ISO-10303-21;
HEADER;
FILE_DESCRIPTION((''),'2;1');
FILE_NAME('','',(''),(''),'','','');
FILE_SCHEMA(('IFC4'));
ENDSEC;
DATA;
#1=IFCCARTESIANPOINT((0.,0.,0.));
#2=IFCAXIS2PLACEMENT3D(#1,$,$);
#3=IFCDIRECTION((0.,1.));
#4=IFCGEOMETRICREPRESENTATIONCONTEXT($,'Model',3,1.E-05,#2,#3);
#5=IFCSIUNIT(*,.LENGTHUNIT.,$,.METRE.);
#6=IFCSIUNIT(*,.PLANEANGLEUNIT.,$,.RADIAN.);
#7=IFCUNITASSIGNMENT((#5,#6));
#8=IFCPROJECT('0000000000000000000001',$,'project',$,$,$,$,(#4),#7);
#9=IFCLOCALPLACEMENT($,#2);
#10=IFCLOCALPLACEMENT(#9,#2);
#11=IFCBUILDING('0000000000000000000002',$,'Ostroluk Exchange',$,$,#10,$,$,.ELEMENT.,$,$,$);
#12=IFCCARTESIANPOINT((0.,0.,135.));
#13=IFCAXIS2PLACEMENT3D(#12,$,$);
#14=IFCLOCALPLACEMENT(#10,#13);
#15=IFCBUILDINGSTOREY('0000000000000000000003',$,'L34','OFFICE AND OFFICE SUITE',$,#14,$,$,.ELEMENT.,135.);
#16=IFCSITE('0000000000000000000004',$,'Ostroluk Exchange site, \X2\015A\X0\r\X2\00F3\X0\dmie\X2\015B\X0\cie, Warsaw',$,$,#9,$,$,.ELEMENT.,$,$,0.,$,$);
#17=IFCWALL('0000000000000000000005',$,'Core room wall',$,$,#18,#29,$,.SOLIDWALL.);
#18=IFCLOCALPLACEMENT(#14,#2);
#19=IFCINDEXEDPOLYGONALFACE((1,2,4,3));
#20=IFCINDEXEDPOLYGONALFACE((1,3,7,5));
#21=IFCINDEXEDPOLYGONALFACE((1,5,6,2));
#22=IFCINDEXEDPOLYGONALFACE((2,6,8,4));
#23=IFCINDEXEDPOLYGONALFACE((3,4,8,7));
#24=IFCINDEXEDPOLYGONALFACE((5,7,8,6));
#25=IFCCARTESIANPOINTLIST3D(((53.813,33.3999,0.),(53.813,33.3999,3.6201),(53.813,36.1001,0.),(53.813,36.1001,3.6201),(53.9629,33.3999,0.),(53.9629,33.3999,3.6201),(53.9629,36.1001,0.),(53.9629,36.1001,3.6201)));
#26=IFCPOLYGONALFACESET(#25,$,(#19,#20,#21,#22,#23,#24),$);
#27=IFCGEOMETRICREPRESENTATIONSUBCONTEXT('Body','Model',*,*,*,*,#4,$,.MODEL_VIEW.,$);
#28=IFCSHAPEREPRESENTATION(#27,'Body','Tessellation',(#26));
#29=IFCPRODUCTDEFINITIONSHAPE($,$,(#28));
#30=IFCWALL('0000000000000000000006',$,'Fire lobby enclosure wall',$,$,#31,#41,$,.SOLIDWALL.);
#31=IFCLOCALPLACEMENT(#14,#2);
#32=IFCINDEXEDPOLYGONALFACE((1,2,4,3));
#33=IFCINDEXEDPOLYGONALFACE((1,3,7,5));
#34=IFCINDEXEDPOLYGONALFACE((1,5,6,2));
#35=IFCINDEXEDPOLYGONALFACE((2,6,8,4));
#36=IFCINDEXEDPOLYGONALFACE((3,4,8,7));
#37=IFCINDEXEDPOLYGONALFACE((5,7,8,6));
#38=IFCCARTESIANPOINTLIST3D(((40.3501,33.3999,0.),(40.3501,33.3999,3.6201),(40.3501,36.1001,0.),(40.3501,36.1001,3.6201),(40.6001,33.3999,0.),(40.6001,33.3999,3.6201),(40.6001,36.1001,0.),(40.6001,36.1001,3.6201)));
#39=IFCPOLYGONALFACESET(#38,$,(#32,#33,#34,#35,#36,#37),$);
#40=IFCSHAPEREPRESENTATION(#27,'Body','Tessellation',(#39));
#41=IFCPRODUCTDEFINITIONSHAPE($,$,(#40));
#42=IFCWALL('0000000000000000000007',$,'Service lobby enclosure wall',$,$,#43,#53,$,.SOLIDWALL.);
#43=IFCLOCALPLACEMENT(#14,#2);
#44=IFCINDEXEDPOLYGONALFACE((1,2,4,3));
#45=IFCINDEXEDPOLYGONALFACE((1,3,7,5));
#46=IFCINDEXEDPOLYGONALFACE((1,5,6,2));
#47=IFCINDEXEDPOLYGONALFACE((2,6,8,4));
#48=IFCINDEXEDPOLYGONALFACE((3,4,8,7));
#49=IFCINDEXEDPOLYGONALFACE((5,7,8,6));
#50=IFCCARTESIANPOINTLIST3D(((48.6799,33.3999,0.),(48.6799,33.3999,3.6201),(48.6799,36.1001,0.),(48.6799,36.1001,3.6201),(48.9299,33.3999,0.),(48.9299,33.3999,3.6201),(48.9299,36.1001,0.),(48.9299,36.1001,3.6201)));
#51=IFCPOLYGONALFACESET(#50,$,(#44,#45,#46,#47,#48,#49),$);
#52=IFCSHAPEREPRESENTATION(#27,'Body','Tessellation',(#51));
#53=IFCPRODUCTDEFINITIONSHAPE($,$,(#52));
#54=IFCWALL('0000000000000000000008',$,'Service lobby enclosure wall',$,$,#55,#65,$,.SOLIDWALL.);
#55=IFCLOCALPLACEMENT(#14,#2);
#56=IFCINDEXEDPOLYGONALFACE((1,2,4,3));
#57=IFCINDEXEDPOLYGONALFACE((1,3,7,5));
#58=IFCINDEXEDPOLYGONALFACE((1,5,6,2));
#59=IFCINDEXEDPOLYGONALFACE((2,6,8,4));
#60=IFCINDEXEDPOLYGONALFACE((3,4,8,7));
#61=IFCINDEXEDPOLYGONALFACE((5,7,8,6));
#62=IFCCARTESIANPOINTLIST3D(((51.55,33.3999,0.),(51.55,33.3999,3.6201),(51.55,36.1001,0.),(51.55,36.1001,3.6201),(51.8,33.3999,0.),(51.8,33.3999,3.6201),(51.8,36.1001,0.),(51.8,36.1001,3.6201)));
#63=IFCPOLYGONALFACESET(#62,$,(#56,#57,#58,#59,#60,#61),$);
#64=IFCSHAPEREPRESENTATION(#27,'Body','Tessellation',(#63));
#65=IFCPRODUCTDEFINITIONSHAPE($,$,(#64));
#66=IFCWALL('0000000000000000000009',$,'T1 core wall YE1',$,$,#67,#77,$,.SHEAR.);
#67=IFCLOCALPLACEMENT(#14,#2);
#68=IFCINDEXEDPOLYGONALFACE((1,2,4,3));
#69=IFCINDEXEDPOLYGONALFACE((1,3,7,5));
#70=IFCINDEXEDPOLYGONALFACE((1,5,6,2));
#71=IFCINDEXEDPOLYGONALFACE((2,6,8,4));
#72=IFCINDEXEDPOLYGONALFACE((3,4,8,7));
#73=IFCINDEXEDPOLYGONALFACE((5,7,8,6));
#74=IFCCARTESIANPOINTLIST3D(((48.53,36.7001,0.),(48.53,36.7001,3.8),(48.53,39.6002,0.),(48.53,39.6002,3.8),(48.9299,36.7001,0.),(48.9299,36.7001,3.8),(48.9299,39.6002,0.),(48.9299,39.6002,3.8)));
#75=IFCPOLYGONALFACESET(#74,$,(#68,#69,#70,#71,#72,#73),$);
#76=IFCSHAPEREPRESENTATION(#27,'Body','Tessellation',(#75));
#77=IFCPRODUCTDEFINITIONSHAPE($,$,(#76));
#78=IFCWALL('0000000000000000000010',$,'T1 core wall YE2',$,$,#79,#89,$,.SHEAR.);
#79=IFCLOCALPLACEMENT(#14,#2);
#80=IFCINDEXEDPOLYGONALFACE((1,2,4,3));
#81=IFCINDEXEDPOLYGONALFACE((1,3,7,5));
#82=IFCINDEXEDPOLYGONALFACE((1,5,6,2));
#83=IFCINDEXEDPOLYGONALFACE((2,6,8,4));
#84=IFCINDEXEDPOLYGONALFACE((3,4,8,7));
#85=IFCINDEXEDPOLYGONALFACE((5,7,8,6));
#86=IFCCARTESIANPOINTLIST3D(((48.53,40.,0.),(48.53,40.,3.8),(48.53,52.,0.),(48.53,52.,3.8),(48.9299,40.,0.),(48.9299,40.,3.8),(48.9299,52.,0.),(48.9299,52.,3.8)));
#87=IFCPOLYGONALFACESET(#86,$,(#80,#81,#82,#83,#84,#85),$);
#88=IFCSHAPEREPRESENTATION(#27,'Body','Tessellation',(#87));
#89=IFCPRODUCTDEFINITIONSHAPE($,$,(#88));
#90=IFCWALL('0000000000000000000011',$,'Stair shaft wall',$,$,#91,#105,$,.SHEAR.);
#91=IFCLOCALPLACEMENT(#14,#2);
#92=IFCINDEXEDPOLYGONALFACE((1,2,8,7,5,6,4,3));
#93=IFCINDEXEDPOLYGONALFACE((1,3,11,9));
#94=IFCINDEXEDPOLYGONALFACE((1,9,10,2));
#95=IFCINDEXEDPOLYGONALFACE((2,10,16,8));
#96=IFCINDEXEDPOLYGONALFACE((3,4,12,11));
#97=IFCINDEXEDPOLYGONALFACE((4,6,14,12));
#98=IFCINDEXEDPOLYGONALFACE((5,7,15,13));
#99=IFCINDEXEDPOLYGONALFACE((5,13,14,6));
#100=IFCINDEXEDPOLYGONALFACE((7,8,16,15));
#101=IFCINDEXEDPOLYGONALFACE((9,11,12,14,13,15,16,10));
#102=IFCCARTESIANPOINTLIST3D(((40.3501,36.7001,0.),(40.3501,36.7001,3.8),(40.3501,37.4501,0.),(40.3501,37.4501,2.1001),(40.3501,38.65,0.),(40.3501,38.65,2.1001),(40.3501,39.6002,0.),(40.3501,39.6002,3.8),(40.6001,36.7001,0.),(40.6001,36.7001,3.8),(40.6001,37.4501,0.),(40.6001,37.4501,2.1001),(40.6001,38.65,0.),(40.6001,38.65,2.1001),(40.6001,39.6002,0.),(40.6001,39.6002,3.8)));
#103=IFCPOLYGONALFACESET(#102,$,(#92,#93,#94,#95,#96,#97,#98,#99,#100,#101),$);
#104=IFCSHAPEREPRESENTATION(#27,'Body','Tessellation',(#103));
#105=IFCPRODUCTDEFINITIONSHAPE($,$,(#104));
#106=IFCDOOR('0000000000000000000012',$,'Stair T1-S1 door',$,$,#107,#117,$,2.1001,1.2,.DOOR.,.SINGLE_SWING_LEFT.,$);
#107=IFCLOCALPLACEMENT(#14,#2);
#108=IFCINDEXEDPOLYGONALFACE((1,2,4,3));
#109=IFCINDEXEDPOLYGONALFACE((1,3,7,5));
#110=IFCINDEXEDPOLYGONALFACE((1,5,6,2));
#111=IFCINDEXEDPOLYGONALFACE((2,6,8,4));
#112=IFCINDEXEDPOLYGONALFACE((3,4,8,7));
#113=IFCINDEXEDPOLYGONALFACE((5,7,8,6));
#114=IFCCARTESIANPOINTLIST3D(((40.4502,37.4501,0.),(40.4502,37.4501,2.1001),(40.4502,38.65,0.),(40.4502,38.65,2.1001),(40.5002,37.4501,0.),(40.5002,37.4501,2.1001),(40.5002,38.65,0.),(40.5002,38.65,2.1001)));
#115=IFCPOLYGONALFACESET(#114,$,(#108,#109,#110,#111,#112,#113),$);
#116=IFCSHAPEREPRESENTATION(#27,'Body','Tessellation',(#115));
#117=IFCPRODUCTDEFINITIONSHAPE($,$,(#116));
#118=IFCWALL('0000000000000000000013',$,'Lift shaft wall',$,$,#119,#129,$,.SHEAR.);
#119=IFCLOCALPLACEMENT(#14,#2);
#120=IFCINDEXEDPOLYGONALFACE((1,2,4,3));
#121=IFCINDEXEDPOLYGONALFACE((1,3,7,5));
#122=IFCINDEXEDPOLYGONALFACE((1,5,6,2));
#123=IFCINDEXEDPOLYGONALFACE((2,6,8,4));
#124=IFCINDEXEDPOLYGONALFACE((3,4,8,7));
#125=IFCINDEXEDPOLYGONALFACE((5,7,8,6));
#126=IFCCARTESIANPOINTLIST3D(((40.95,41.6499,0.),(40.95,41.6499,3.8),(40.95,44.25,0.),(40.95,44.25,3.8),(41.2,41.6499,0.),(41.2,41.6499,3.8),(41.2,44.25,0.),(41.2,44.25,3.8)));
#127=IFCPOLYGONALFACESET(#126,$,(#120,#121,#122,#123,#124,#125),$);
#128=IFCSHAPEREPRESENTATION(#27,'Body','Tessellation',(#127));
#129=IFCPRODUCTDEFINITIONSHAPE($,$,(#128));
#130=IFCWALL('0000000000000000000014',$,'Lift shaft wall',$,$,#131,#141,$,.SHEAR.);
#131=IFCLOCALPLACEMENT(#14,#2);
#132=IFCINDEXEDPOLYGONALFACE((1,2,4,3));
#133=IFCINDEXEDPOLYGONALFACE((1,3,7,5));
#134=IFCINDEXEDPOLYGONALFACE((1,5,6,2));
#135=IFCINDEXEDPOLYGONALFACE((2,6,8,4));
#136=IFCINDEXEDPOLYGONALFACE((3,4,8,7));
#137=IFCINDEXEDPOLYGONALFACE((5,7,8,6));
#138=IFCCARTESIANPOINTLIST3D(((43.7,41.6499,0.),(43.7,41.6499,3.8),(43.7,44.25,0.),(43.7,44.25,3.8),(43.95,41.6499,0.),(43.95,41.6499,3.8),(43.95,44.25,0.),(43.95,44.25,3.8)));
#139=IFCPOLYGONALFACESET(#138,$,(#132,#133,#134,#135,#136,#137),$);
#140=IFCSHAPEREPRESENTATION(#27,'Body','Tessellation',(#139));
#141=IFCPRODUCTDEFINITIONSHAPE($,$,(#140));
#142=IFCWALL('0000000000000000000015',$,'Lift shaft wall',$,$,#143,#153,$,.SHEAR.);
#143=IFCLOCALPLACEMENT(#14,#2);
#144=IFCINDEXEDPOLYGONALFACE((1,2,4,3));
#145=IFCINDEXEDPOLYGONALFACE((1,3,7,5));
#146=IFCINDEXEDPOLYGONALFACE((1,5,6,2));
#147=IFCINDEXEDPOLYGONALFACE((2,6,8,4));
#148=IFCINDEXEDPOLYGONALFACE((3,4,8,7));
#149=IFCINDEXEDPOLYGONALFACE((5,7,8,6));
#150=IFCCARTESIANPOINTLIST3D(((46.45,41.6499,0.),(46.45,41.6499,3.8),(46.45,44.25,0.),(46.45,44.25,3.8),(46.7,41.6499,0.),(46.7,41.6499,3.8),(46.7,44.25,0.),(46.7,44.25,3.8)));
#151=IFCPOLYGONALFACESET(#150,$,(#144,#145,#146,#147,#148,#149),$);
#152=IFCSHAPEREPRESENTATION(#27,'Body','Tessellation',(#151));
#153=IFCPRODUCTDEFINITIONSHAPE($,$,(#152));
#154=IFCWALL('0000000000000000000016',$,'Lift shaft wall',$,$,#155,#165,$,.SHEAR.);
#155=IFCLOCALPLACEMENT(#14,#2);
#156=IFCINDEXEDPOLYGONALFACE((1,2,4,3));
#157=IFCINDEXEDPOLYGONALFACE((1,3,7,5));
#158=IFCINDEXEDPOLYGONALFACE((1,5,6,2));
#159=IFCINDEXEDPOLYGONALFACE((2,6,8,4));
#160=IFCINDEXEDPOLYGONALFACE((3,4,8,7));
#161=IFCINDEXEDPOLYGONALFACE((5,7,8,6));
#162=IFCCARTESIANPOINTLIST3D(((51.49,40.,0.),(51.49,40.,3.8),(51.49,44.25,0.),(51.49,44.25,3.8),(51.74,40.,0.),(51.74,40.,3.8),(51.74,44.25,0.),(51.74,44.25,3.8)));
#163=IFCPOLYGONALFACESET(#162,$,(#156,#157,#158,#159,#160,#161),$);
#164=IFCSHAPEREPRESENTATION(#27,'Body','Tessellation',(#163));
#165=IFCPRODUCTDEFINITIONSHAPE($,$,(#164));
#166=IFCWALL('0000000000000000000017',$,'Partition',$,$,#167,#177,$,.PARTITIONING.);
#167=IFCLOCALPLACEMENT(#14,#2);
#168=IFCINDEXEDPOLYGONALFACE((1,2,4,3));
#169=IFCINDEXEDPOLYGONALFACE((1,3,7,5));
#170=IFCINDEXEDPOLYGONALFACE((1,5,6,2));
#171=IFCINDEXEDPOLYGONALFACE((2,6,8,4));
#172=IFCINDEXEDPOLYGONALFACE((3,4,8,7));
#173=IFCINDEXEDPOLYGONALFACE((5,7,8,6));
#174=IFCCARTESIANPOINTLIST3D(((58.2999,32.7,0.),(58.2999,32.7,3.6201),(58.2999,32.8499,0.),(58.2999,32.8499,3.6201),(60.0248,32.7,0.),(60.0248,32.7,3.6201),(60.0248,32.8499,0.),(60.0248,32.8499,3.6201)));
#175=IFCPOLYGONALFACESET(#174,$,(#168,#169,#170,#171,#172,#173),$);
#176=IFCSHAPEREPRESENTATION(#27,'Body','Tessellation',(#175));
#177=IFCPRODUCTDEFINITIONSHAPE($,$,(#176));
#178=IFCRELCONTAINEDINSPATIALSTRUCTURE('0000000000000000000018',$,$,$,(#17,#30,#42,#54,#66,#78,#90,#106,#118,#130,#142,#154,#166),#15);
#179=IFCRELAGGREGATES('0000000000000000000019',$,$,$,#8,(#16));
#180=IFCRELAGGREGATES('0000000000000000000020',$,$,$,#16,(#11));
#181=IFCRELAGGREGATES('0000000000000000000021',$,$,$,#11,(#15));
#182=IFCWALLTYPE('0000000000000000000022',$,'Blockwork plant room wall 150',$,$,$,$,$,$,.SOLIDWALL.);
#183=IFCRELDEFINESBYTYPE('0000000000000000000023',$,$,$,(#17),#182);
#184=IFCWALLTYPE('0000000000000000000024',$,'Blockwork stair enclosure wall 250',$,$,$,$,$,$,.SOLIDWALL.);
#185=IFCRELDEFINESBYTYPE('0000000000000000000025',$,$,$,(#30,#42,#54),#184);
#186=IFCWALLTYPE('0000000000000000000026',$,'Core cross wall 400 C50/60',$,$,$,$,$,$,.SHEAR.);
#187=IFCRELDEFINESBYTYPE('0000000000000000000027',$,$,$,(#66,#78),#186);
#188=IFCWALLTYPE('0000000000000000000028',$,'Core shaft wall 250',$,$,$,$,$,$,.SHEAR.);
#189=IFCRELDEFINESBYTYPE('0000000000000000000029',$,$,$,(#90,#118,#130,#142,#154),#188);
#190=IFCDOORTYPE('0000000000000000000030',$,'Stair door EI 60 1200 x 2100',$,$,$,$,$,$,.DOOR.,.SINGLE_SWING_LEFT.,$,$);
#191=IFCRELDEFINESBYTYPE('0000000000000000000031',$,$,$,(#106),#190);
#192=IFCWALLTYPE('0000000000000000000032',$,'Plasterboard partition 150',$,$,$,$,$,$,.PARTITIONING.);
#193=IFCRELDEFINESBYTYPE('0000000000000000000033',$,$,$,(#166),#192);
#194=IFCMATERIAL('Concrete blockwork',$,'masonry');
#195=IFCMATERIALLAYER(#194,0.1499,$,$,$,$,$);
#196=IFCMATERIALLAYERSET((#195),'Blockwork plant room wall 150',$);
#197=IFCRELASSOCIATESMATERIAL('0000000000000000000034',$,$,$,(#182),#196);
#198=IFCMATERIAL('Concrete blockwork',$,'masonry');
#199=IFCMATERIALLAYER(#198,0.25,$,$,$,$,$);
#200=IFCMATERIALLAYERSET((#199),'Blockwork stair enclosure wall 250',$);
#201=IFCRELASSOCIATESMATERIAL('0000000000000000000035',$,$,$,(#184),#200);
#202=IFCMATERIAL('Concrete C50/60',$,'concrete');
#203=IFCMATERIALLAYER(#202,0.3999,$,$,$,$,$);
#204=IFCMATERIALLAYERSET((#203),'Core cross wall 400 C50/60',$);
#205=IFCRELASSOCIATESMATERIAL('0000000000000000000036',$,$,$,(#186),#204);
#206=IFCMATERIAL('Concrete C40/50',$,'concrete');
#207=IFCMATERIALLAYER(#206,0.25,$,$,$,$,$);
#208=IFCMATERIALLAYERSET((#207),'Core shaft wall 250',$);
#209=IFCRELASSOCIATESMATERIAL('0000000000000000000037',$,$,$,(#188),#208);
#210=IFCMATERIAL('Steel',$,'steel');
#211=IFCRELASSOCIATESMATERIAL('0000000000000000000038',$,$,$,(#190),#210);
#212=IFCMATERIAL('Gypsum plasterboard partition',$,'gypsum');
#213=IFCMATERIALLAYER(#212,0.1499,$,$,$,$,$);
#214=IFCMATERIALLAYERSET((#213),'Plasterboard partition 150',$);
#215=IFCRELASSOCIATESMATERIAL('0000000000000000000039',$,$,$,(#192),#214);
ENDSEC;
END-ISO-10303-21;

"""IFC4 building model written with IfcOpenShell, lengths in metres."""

from ifc_helpers import new_model, si_unit, direction, frame, frame_2d, origin, place, context, subcontext, project, spatial, rectangle, extrude, material, layer, layer_set, type_object, element, fill, save


model = new_model("IFC4")

# Units and contexts
model_context = context("Model", 3, precision=1e-05, world=origin(), true_north=direction((0.0, 1.0)))
body_context = subcontext(model_context, "Body", "Model", "MODEL_VIEW")
ifc_project = project(units=[si_unit("LENGTHUNIT", "METRE"), si_unit("PLANEANGLEUNIT", "RADIAN")], contexts=[model_context])

# Site, building, storey
site_placement = place(None, origin())
site = spatial("IfcSite", under=ifc_project, at=site_placement, Name="Ostroluk Exchange site, Śródmieście, Warsaw", CompositionType="ELEMENT", RefElevation=0.0)
building_placement = place(site_placement, origin())
building = spatial("IfcBuilding", under=site, at=building_placement, Name="Ostroluk Exchange", CompositionType="ELEMENT")
storey_placement = place(building_placement, frame((0.0, 0.0, 135.0)))
storey = spatial("IfcBuildingStorey", under=building, at=storey_placement, Name="L34", Description="OFFICE AND OFFICE SUITE", CompositionType="ELEMENT", Elevation=135.0)

# Walls
ifc_material_1 = material(Name="Concrete blockwork", Category="masonry")
ifc_layer_1 = layer(ifc_material_1, 0.1499)
ifc_layer_set_1 = layer_set([ifc_layer_1], Name="Blockwork plant room wall 150")
wall_type_1 = type_object("IfcWallType", Name="Blockwork plant room wall 150", PredefinedType="SOLIDWALL", material=ifc_layer_set_1)
wall_1_placement = place(storey_placement, frame((53.8879, 33.3999, 0.0), z_axis=(0.0, 0.0, 1.0), x_axis=(0.0, 1.0, 0.0)))
element("IfcWall", 1, at=wall_1_placement, inside=storey, type_object=wall_type_1, Name="Core room wall", PredefinedType="SOLIDWALL", context=body_context, shape_type="SweptSolid", body=[
    extrude(rectangle(XDim=2.7002, YDim=0.1499, at=frame_2d((1.3501, 0.0))), origin(), (0.0, 0.0, 1.0), 3.6201),
])
ifc_material_2 = material(Name="Concrete blockwork", Category="masonry")
ifc_layer_2 = layer(ifc_material_2, 0.25)
ifc_layer_set_2 = layer_set([ifc_layer_2], Name="Blockwork stair enclosure wall 250")
wall_type_2 = type_object("IfcWallType", Name="Blockwork stair enclosure wall 250", PredefinedType="SOLIDWALL", material=ifc_layer_set_2)
for number, where, z_axis, x_axis, name in (
    (2, (40.4751, 33.3999, 0.0), (0.0, 0.0, 1.0), (0.0, 1.0, 0.0), "Fire lobby enclosure wall"),
    (3, (48.8049, 33.3999, 0.0), (0.0, 0.0, 1.0), (0.0, 1.0, 0.0), "Service lobby enclosure wall"),
    (4, (51.675, 33.3999, 0.0), (0.0, 0.0, 1.0), (0.0, 1.0, 0.0), "Service lobby enclosure wall"),
):
    element("IfcWall", number, at=place(storey_placement, frame(where, z_axis=z_axis, x_axis=x_axis)), inside=storey, type_object=wall_type_2, Name=name, PredefinedType="SOLIDWALL", context=body_context, shape_type="SweptSolid", body=[
        extrude(rectangle(XDim=2.7002, YDim=0.25, at=frame_2d((1.3501, 0.0))), origin(), (0.0, 0.0, 1.0), 3.6201),
    ])
ifc_material_3 = material(Name="Concrete C50/60", Category="concrete")
ifc_layer_3 = layer(ifc_material_3, 0.3999)
ifc_layer_set_3 = layer_set([ifc_layer_3], Name="Core cross wall 400 C50/60")
wall_type_3 = type_object("IfcWallType", Name="Core cross wall 400 C50/60", PredefinedType="SHEAR", material=ifc_layer_set_3)
wall_2_placement = place(storey_placement, frame((48.73, 36.7, 0.0), z_axis=(0.0, 0.0, 1.0), x_axis=(0.0, 1.0, 0.0)))
element("IfcWall", 5, at=wall_2_placement, inside=storey, type_object=wall_type_3, Name="T1 core wall YE1", PredefinedType="SHEAR", context=body_context, shape_type="SweptSolid", body=[
    extrude(rectangle(XDim=2.9001, YDim=0.3999, at=frame_2d((1.4502, 0.0))), origin(), (0.0, 0.0, 1.0), 3.8),
])
wall_3_placement = place(storey_placement, frame((48.73, 40.0, 0.0), z_axis=(0.0, 0.0, 1.0), x_axis=(0.0, 1.0, 0.0)))
element("IfcWall", 6, at=wall_3_placement, inside=storey, type_object=wall_type_3, Name="T1 core wall YE2", PredefinedType="SHEAR", context=body_context, shape_type="SweptSolid", body=[
    extrude(rectangle(XDim=12.0, YDim=0.3999, at=frame_2d((6.0, 0.0))), origin(), (0.0, 0.0, 1.0), 3.8),
])

# Wall, opening, door
ifc_material_4 = material(Name="Concrete C40/50", Category="concrete")
ifc_layer_4 = layer(ifc_material_4, 0.25)
ifc_layer_set_4 = layer_set([ifc_layer_4], Name="Core shaft wall 250")
wall_type_4 = type_object("IfcWallType", Name="Core shaft wall 250", PredefinedType="SHEAR", material=ifc_layer_set_4)
wall_4_placement = place(storey_placement, frame((40.4751, 36.7, 0.0), z_axis=(0.0, 0.0, 1.0), x_axis=(0.0, 1.0, 0.0)))
wall_4 = element("IfcWall", 7, at=wall_4_placement, inside=storey, type_object=wall_type_4, Name="Stair shaft wall", PredefinedType="SHEAR", context=body_context, shape_type="SweptSolid", body=[
    extrude(rectangle(XDim=2.9001, YDim=0.25, at=frame_2d((1.4502, 0.0))), origin(), (0.0, 0.0, 1.0), 3.8),
])
opening_1_placement = place(wall_4_placement, frame((0.75, 0.0, 0.0)))
opening_1 = element("IfcOpeningElement", 8, at=opening_1_placement, cuts=wall_4, PredefinedType="OPENING", context=body_context, shape_type="SweptSolid", body=[
    extrude(rectangle(XDim=1.2, YDim=2.1001, at=frame_2d((0.6001, 1.05))), frame((0.0, 0.135, 0.0), z_axis=(0.0, -1.0, 0.0), x_axis=(1.0, 0.0, 0.0)), (0.0, 0.0, 1.0), 0.27),
])
ifc_material_5 = material(Name="Steel", Category="steel")
door_type_1 = type_object("IfcDoorType", Name="Stair door EI 60 1200 x 2100", OperationType="SINGLE_SWING_LEFT", PredefinedType="DOOR", material=ifc_material_5)
door_1_placement = place(opening_1_placement, origin())
door_1 = element("IfcDoor", 9, at=door_1_placement, inside=storey, type_object=door_type_1, Name="Stair T1-S1 door", OperationType="SINGLE_SWING_LEFT", OverallHeight=2.1001, OverallWidth=1.2, PredefinedType="DOOR", context=body_context, shape_type="SweptSolid", body=[
    extrude(rectangle(XDim=1.2, YDim=2.1001, at=frame_2d((0.6001, 1.05))), frame((0.0, 0.0249, 0.0), z_axis=(0.0, -1.0, 0.0), x_axis=(1.0, 0.0, 0.0)), (0.0, 0.0, 1.0), 0.05),
])
fill(opening_1, door_1)

# Walls
for number, where, z_axis, x_axis, name in (
    (10, (41.075, 44.25, 0.0), (0.0, 0.0, 1.0), (0.0, -1.0, 0.0), "Lift shaft wall"),
    (11, (43.825, 44.25, 0.0), (0.0, 0.0, 1.0), (0.0, -1.0, 0.0), "Lift shaft wall"),
    (12, (46.575, 44.25, 0.0), (0.0, 0.0, 1.0), (0.0, -1.0, 0.0), "Lift shaft wall"),
):
    element("IfcWall", number, at=place(storey_placement, frame(where, z_axis=z_axis, x_axis=x_axis)), inside=storey, type_object=wall_type_4, Name=name, PredefinedType="SHEAR", context=body_context, shape_type="SweptSolid", body=[
        extrude(rectangle(XDim=2.6001, YDim=0.25, at=frame_2d((1.3, 0.0))), origin(), (0.0, 0.0, 1.0), 3.8),
    ])
wall_5_placement = place(storey_placement, frame((51.615, 44.25, 0.0), z_axis=(0.0, 0.0, 1.0), x_axis=(0.0, -1.0, 0.0)))
element("IfcWall", 13, at=wall_5_placement, inside=storey, type_object=wall_type_4, Name="Lift shaft wall", PredefinedType="SHEAR", context=body_context, shape_type="SweptSolid", body=[
    extrude(rectangle(XDim=4.25, YDim=0.25, at=frame_2d((2.125, 0.0))), origin(), (0.0, 0.0, 1.0), 3.8),
])

# Wall
ifc_material_6 = material(Name="Gypsum plasterboard partition", Category="gypsum")
ifc_layer_5 = layer(ifc_material_6, 0.1499)
ifc_layer_set_5 = layer_set([ifc_layer_5], Name="Plasterboard partition 150")
wall_type_5 = type_object("IfcWallType", Name="Plasterboard partition 150", PredefinedType="PARTITIONING", material=ifc_layer_set_5)
wall_6_placement = place(storey_placement, frame((58.3, 32.7749, 0.0), z_axis=(0.0, 0.0, 1.0), x_axis=(1.0, 0.0, 0.0)))
element("IfcWall", 14, at=wall_6_placement, inside=storey, type_object=wall_type_5, Name="Partition", PredefinedType="PARTITIONING", context=body_context, shape_type="SweptSolid", body=[
    extrude(rectangle(XDim=1.7249, YDim=0.1499, at=frame_2d((0.8623, 0.0))), origin(), (0.0, 0.0, 1.0), 3.6201),
])

save(model, "model.ifc")
